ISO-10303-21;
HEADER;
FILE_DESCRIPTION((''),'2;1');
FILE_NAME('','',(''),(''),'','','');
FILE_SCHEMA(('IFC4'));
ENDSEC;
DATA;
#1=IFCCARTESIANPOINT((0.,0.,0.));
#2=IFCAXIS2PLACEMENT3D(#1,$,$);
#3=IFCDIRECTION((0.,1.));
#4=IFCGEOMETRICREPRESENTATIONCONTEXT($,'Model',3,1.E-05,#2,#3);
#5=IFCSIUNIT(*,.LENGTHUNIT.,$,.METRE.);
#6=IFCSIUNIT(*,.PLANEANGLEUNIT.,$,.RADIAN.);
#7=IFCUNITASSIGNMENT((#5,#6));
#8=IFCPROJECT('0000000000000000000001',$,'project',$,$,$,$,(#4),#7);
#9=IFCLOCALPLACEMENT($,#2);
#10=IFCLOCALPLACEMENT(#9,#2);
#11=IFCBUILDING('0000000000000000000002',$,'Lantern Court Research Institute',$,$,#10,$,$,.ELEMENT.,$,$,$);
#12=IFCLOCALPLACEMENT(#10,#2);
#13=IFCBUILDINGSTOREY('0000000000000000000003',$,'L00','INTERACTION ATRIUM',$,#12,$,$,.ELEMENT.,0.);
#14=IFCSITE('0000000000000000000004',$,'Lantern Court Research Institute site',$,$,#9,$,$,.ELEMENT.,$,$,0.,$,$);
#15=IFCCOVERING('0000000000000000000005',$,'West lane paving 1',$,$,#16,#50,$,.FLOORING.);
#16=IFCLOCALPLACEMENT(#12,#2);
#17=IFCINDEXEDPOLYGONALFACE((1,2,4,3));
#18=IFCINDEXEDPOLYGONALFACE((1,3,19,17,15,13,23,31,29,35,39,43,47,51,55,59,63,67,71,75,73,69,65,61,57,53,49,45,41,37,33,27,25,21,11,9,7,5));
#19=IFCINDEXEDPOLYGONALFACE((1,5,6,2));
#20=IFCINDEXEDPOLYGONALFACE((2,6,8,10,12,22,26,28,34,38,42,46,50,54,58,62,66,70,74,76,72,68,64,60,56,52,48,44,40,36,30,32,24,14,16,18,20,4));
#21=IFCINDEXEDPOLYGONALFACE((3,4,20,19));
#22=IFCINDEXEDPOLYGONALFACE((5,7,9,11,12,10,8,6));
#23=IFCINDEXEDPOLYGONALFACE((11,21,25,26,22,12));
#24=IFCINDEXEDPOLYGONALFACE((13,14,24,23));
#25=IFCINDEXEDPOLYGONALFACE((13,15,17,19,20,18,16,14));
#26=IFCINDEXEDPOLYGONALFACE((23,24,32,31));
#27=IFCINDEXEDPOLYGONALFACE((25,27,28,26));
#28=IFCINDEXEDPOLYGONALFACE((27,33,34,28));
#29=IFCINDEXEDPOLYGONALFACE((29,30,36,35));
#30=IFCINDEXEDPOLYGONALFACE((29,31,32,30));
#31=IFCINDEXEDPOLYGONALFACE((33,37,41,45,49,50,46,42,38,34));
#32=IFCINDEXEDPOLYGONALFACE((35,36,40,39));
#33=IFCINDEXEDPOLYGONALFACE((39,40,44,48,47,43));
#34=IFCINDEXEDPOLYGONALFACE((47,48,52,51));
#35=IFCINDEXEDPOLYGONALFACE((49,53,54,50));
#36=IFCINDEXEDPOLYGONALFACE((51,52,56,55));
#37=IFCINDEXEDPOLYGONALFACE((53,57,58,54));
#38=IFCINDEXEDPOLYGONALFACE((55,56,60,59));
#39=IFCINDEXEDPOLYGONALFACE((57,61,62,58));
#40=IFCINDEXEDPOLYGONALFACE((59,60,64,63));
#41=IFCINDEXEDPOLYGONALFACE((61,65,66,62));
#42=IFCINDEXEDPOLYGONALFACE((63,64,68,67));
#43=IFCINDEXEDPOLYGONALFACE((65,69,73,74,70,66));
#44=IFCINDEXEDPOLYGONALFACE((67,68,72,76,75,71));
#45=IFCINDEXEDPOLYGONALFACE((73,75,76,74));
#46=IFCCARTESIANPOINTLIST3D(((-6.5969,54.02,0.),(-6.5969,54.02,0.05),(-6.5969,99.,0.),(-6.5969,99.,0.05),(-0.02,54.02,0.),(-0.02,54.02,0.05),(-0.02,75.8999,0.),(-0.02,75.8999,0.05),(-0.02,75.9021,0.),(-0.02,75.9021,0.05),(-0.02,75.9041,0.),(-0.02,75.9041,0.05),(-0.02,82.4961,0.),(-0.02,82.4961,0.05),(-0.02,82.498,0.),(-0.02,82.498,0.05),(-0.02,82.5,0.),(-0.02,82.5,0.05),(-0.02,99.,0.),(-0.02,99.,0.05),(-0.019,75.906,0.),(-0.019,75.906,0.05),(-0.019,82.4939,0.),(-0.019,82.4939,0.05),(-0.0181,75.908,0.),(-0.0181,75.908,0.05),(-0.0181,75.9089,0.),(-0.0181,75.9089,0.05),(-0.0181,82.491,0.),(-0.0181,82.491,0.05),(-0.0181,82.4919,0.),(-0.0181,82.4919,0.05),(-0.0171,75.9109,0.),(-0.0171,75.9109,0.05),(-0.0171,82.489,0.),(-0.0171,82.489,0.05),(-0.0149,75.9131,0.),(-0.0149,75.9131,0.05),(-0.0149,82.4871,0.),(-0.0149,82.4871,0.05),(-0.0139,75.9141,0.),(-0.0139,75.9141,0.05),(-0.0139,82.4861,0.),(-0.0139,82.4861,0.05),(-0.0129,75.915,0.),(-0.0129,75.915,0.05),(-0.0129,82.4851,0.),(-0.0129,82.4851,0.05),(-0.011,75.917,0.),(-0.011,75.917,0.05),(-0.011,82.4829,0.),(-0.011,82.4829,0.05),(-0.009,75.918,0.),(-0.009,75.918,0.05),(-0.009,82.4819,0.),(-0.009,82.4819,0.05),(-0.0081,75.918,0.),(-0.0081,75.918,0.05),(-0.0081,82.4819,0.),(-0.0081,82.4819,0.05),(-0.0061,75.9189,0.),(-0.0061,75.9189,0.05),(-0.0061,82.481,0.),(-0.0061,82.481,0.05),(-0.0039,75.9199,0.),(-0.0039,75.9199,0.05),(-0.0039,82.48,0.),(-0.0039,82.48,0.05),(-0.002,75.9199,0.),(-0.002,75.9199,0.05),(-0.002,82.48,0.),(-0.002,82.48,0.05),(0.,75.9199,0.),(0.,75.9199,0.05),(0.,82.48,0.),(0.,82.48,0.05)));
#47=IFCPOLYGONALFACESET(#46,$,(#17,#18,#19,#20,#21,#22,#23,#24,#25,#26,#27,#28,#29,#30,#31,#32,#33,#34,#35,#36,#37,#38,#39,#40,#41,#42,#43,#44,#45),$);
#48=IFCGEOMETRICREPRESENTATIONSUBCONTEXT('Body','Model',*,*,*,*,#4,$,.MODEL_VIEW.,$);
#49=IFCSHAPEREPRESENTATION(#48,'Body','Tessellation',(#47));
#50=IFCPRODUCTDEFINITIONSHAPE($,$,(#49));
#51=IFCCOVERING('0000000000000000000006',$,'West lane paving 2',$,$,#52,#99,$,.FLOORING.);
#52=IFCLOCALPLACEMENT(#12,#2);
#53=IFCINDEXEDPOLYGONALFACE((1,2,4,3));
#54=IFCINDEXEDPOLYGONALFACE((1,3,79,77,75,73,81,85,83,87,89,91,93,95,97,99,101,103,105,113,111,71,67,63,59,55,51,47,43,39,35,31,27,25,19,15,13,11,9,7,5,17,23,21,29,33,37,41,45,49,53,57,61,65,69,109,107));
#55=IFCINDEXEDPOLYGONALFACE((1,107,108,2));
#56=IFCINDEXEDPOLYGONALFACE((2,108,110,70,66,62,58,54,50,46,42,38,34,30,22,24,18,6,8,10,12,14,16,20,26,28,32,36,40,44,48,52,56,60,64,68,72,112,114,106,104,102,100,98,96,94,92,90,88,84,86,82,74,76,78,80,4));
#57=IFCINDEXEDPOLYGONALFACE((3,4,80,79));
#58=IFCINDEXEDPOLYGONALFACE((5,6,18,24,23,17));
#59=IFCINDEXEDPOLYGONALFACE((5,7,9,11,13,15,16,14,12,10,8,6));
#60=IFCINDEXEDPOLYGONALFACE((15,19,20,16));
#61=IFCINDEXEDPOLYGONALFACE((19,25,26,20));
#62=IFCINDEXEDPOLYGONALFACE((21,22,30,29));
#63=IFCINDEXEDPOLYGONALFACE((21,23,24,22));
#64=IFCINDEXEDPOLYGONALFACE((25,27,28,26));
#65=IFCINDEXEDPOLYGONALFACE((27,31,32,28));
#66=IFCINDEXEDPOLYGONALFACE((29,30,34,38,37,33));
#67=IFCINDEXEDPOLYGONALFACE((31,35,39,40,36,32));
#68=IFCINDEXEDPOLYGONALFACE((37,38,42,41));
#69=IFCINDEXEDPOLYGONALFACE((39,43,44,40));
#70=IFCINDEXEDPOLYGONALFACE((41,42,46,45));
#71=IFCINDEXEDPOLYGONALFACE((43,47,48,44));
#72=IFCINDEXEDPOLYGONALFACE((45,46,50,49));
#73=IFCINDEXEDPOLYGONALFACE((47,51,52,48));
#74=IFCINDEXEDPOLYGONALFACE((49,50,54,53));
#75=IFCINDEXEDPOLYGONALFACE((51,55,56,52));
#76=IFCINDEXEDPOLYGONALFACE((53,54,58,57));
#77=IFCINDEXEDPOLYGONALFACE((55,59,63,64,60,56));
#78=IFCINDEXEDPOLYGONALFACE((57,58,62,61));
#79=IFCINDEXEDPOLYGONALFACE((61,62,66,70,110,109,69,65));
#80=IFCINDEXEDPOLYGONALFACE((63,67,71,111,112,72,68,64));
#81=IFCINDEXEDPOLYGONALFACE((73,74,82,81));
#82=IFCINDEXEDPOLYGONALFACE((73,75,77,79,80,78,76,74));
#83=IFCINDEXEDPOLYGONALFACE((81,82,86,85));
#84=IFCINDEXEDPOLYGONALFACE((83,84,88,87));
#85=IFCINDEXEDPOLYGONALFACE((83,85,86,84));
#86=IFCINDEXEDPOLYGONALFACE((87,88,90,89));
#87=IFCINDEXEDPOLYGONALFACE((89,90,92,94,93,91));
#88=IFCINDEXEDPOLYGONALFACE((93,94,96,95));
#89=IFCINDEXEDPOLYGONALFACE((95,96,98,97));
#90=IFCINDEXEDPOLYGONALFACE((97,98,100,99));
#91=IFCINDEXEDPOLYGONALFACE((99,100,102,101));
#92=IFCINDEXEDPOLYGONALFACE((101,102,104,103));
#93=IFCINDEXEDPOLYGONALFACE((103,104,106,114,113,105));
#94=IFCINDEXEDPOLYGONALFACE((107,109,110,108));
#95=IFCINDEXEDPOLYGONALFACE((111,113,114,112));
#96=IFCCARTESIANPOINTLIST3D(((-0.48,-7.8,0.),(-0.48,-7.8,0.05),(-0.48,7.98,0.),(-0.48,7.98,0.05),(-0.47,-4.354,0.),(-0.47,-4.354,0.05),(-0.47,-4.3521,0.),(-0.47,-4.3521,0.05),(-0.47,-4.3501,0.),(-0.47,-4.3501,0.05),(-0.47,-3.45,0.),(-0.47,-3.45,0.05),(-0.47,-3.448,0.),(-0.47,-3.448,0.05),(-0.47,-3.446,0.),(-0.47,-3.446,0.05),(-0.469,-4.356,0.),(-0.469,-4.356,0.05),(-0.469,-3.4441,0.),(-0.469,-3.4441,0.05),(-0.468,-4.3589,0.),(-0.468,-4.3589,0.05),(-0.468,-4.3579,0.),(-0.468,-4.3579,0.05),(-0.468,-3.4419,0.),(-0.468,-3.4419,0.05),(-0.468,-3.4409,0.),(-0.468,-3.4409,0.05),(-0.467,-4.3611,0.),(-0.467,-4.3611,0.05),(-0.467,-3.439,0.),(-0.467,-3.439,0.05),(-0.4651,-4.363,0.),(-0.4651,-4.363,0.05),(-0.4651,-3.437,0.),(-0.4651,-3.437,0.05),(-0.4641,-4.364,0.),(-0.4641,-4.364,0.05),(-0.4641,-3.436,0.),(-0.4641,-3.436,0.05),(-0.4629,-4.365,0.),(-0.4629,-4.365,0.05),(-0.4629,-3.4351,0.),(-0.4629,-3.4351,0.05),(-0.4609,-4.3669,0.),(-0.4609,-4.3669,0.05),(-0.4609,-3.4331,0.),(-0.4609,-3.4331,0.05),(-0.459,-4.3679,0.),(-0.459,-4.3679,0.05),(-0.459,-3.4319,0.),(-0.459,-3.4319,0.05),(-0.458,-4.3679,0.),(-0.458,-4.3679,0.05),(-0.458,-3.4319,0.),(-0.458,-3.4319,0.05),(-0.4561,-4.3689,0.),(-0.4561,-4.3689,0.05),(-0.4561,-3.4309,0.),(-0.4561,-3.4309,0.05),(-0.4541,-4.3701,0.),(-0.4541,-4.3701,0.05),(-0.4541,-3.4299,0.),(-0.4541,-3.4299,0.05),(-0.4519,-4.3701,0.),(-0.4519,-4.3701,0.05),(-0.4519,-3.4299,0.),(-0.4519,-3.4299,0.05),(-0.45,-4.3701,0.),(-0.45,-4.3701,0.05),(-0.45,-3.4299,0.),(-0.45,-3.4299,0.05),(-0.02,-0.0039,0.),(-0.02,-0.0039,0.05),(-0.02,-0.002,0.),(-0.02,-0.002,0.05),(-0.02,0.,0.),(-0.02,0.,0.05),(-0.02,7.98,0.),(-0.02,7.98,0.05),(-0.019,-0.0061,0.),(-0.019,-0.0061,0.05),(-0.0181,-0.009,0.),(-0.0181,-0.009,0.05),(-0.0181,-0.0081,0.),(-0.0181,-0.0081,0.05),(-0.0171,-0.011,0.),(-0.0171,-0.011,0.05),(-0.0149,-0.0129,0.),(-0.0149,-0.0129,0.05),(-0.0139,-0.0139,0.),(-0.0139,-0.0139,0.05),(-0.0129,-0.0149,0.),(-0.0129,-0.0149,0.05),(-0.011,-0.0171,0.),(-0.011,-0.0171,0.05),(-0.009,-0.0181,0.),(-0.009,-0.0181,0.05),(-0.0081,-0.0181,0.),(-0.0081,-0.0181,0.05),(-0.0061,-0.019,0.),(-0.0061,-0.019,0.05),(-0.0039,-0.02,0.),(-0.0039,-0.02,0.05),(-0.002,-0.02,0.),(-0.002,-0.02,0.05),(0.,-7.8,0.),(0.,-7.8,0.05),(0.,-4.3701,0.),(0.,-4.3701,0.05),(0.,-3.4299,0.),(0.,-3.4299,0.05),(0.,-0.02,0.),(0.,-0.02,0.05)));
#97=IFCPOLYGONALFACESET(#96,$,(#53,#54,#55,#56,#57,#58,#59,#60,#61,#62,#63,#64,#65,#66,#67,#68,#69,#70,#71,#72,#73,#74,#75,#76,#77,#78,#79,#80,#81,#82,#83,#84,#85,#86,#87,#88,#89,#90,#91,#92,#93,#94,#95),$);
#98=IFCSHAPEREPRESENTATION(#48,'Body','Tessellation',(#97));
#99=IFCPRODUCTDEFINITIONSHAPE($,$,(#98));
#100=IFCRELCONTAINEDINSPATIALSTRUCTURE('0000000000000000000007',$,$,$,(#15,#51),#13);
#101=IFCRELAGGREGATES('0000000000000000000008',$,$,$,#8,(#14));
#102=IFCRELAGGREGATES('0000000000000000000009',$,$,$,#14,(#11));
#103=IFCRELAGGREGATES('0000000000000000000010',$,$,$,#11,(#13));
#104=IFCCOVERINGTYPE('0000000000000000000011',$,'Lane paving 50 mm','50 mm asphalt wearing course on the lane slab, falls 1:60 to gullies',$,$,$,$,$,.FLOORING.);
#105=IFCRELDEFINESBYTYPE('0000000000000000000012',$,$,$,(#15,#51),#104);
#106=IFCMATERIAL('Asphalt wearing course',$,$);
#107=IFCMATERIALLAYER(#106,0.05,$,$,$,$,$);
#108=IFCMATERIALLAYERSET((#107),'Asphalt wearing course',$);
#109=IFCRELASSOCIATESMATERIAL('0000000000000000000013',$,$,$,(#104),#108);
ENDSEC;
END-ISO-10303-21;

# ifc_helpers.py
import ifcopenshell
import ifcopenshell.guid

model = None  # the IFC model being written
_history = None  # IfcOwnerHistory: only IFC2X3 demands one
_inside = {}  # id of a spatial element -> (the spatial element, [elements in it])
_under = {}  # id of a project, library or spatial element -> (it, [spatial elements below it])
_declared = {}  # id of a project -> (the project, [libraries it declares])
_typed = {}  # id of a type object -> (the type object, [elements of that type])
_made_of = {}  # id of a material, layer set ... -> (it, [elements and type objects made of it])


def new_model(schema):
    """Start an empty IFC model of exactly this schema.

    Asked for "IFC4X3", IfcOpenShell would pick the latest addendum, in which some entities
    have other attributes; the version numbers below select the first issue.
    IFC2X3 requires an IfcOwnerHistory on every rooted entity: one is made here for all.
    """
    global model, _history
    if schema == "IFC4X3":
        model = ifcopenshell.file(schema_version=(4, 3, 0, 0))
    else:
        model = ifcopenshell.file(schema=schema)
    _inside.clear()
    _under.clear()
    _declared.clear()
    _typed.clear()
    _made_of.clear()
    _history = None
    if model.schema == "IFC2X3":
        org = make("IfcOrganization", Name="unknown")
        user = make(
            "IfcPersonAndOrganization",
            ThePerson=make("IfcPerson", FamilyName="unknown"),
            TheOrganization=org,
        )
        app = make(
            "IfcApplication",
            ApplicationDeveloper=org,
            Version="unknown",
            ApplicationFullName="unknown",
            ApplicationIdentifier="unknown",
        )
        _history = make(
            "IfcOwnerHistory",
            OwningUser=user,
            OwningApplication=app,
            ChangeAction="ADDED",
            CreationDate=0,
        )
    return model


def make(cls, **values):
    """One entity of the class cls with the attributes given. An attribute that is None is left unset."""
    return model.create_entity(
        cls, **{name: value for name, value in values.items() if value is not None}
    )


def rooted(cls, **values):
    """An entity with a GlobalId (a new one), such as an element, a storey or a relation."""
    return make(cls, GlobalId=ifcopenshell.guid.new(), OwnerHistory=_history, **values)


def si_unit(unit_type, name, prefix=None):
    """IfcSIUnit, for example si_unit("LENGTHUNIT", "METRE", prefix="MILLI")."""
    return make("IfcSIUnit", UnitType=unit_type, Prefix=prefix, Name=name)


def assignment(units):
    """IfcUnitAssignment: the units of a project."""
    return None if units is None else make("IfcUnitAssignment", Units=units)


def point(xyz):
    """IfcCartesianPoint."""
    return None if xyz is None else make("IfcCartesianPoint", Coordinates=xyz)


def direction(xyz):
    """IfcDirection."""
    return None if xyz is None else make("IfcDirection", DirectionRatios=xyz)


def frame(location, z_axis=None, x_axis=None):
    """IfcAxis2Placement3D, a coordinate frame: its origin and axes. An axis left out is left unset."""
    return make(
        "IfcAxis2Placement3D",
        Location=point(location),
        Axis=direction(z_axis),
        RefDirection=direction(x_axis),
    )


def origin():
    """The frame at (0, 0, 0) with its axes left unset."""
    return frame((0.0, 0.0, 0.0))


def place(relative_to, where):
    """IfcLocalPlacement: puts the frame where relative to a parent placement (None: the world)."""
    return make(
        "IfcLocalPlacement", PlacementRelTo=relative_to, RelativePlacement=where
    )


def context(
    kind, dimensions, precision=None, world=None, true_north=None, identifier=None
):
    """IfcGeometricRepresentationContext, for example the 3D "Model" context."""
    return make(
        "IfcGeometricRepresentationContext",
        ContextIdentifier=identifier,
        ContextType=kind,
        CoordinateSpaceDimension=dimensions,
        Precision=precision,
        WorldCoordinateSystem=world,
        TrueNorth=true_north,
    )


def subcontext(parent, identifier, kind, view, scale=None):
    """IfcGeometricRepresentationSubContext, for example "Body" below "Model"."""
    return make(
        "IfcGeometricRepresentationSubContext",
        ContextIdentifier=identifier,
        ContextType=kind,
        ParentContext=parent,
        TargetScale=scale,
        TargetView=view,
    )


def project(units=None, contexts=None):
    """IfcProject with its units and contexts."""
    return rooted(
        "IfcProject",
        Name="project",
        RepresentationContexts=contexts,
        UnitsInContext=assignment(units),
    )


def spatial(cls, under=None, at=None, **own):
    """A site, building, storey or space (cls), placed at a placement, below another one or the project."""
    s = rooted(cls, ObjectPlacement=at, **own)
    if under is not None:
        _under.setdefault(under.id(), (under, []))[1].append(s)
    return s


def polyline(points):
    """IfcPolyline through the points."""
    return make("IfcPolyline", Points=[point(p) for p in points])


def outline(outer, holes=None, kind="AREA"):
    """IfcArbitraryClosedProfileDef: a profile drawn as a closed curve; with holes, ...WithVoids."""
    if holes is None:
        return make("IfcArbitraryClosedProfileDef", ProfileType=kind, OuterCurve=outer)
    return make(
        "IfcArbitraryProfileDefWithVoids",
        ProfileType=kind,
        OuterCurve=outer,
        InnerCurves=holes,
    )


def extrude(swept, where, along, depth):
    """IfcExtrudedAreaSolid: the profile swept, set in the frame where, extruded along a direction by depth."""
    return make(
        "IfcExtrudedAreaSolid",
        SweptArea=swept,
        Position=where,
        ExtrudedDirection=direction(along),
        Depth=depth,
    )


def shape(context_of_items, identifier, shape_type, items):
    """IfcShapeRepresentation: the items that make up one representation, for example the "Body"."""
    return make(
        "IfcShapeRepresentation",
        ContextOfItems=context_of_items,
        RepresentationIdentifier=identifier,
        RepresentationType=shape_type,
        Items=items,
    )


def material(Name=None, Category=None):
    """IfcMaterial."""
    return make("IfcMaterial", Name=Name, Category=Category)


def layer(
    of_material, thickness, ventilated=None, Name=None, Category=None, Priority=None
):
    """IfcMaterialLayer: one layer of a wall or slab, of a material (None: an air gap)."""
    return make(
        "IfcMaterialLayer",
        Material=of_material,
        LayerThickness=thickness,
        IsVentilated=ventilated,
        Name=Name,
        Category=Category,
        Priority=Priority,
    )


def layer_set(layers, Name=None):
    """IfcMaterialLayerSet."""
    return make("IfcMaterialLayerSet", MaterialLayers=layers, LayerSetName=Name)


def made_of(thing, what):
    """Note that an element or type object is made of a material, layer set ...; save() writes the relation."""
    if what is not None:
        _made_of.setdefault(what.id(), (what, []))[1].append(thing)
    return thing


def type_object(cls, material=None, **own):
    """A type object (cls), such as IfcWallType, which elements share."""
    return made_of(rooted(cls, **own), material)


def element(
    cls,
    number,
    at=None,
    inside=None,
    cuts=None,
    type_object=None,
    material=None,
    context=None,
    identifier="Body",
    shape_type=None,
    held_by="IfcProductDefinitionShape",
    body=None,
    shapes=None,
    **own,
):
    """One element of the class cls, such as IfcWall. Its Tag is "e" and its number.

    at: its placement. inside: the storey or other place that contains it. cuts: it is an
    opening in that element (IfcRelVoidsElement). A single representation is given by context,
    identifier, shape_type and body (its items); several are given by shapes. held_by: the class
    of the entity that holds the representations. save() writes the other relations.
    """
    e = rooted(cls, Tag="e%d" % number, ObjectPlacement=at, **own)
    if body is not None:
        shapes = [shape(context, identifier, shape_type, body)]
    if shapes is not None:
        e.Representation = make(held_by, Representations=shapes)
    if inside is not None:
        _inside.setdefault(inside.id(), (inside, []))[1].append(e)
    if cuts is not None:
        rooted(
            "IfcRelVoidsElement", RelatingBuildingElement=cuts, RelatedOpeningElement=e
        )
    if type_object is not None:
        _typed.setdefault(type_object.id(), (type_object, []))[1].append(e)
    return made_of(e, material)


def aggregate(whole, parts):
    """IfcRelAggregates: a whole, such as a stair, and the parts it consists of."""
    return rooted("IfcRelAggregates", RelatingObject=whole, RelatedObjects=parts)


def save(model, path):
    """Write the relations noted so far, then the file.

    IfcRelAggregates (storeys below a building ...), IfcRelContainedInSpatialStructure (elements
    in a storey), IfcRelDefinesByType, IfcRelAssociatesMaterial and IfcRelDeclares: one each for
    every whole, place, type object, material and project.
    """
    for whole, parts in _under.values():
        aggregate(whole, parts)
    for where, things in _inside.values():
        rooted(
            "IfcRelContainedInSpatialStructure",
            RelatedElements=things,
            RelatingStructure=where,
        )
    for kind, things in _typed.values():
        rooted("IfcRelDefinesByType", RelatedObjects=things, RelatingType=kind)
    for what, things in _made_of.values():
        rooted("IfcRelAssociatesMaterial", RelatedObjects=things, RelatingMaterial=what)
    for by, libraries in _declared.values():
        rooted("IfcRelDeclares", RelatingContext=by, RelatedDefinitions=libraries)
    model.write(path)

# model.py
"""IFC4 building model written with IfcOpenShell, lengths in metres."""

from ifc_helpers import new_model, si_unit, direction, origin, place, context, subcontext, project, spatial, polyline, outline, extrude, material, layer, layer_set, type_object, element, save


model = new_model("IFC4")

# Units and contexts
model_context = context("Model", 3, precision=1e-05, world=origin(), true_north=direction((0.0, 1.0)))
body_context = subcontext(model_context, "Body", "Model", "MODEL_VIEW")
ifc_project = project(units=[si_unit("LENGTHUNIT", "METRE"), si_unit("PLANEANGLEUNIT", "RADIAN")], contexts=[model_context])

# Site, building, storey
site_placement = place(None, origin())
site = spatial("IfcSite", under=ifc_project, at=site_placement, Name="Lantern Court Research Institute site", CompositionType="ELEMENT", RefElevation=0.0)
building_placement = place(site_placement, origin())
building = spatial("IfcBuilding", under=site, at=building_placement, Name="Lantern Court Research Institute", CompositionType="ELEMENT")
storey_placement = place(building_placement, origin())
storey = spatial("IfcBuildingStorey", under=building, at=storey_placement, Name="L00", Description="INTERACTION ATRIUM", CompositionType="ELEMENT", Elevation=0.0)

# Coverings
ifc_material_1 = material(Name="Asphalt wearing course")
ifc_layer_1 = layer(ifc_material_1, 0.05)
ifc_layer_set_1 = layer_set([ifc_layer_1], Name="Asphalt wearing course")
covering_type_1 = type_object("IfcCoveringType", Name="Lane paving 50 mm", Description="50 mm asphalt wearing course on the lane slab, falls 1:60 to gullies", PredefinedType="FLOORING", material=ifc_layer_set_1)
covering_1_placement = place(storey_placement, origin())
element("IfcCovering", 1, at=covering_1_placement, inside=storey, type_object=covering_type_1, Name="West lane paving 1", PredefinedType="FLOORING", context=body_context, shape_type="SweptSolid", body=[
    extrude(outline(polyline([(0.0, 75.9199), (-0.002, 75.9199), (-0.0039, 75.9199), (-0.0061, 75.9189), (-0.0081, 75.918), (-0.009, 75.918), (-0.011, 75.917), (-0.0129, 75.915), (-0.0139, 75.9141), (-0.0149, 75.9131), (-0.0171, 75.9109), (-0.0181, 75.9089), (-0.0181, 75.908), (-0.019, 75.906), (-0.02, 75.9041), (-0.02, 75.9021), (-0.02, 75.8999), (-0.02, 54.02), (-6.5969, 54.02), (-6.5969, 99.0), (-0.02, 99.0), (-0.02, 82.5), (-0.02, 82.498), (-0.02, 82.4961), (-0.019, 82.4939), (-0.0181, 82.4919), (-0.0181, 82.491), (-0.0171, 82.489), (-0.0149, 82.4871), (-0.0139, 82.4861), (-0.0129, 82.4851), (-0.011, 82.4829), (-0.009, 82.4819), (-0.0081, 82.4819), (-0.0061, 82.481), (-0.0039, 82.48), (-0.002, 82.48), (0.0, 82.48), (0.0, 75.9199)])), origin(), (0.0, 0.0, 1.0), 0.05),
])
covering_2_placement = place(storey_placement, origin())
element("IfcCovering", 2, at=covering_2_placement, inside=storey, type_object=covering_type_1, Name="West lane paving 2", PredefinedType="FLOORING", context=body_context, shape_type="SweptSolid", body=[
    extrude(outline(polyline([(0.0, -3.4299), (-0.45, -3.4299), (-0.4519, -3.4299), (-0.4541, -3.4299), (-0.4561, -3.4309), (-0.458, -3.4319), (-0.459, -3.4319), (-0.4609, -3.4331), (-0.4629, -3.4351), (-0.4641, -3.436), (-0.4651, -3.437), (-0.467, -3.439), (-0.468, -3.4409), (-0.468, -3.4419), (-0.469, -3.4441), (-0.47, -3.446), (-0.47, -3.448), (-0.47, -3.45), (-0.47, -4.3501), (-0.47, -4.3521), (-0.47, -4.354), (-0.469, -4.356), (-0.468, -4.3579), (-0.468, -4.3589), (-0.467, -4.3611), (-0.4651, -4.363), (-0.4641, -4.364), (-0.4629, -4.365), (-0.4609, -4.3669), (-0.459, -4.3679), (-0.458, -4.3679), (-0.4561, -4.3689), (-0.4541, -4.3701), (-0.4519, -4.3701), (-0.45, -4.3701), (0.0, -4.3701), (0.0, -7.8), (-0.48, -7.8), (-0.48, 7.98), (-0.02, 7.98), (-0.02, 0.0), (-0.02, -0.002), (-0.02, -0.0039), (-0.019, -0.0061), (-0.0181, -0.0081), (-0.0181, -0.009), (-0.0171, -0.011), (-0.0149, -0.0129), (-0.0139, -0.0139), (-0.0129, -0.0149), (-0.011, -0.0171), (-0.009, -0.0181), (-0.0081, -0.0181), (-0.0061, -0.019), (-0.0039, -0.02), (-0.002, -0.02), (0.0, -0.02), (0.0, -3.4299)])), origin(), (0.0, 0.0, 1.0), 0.05),
])

save(model, "model.ifc")
